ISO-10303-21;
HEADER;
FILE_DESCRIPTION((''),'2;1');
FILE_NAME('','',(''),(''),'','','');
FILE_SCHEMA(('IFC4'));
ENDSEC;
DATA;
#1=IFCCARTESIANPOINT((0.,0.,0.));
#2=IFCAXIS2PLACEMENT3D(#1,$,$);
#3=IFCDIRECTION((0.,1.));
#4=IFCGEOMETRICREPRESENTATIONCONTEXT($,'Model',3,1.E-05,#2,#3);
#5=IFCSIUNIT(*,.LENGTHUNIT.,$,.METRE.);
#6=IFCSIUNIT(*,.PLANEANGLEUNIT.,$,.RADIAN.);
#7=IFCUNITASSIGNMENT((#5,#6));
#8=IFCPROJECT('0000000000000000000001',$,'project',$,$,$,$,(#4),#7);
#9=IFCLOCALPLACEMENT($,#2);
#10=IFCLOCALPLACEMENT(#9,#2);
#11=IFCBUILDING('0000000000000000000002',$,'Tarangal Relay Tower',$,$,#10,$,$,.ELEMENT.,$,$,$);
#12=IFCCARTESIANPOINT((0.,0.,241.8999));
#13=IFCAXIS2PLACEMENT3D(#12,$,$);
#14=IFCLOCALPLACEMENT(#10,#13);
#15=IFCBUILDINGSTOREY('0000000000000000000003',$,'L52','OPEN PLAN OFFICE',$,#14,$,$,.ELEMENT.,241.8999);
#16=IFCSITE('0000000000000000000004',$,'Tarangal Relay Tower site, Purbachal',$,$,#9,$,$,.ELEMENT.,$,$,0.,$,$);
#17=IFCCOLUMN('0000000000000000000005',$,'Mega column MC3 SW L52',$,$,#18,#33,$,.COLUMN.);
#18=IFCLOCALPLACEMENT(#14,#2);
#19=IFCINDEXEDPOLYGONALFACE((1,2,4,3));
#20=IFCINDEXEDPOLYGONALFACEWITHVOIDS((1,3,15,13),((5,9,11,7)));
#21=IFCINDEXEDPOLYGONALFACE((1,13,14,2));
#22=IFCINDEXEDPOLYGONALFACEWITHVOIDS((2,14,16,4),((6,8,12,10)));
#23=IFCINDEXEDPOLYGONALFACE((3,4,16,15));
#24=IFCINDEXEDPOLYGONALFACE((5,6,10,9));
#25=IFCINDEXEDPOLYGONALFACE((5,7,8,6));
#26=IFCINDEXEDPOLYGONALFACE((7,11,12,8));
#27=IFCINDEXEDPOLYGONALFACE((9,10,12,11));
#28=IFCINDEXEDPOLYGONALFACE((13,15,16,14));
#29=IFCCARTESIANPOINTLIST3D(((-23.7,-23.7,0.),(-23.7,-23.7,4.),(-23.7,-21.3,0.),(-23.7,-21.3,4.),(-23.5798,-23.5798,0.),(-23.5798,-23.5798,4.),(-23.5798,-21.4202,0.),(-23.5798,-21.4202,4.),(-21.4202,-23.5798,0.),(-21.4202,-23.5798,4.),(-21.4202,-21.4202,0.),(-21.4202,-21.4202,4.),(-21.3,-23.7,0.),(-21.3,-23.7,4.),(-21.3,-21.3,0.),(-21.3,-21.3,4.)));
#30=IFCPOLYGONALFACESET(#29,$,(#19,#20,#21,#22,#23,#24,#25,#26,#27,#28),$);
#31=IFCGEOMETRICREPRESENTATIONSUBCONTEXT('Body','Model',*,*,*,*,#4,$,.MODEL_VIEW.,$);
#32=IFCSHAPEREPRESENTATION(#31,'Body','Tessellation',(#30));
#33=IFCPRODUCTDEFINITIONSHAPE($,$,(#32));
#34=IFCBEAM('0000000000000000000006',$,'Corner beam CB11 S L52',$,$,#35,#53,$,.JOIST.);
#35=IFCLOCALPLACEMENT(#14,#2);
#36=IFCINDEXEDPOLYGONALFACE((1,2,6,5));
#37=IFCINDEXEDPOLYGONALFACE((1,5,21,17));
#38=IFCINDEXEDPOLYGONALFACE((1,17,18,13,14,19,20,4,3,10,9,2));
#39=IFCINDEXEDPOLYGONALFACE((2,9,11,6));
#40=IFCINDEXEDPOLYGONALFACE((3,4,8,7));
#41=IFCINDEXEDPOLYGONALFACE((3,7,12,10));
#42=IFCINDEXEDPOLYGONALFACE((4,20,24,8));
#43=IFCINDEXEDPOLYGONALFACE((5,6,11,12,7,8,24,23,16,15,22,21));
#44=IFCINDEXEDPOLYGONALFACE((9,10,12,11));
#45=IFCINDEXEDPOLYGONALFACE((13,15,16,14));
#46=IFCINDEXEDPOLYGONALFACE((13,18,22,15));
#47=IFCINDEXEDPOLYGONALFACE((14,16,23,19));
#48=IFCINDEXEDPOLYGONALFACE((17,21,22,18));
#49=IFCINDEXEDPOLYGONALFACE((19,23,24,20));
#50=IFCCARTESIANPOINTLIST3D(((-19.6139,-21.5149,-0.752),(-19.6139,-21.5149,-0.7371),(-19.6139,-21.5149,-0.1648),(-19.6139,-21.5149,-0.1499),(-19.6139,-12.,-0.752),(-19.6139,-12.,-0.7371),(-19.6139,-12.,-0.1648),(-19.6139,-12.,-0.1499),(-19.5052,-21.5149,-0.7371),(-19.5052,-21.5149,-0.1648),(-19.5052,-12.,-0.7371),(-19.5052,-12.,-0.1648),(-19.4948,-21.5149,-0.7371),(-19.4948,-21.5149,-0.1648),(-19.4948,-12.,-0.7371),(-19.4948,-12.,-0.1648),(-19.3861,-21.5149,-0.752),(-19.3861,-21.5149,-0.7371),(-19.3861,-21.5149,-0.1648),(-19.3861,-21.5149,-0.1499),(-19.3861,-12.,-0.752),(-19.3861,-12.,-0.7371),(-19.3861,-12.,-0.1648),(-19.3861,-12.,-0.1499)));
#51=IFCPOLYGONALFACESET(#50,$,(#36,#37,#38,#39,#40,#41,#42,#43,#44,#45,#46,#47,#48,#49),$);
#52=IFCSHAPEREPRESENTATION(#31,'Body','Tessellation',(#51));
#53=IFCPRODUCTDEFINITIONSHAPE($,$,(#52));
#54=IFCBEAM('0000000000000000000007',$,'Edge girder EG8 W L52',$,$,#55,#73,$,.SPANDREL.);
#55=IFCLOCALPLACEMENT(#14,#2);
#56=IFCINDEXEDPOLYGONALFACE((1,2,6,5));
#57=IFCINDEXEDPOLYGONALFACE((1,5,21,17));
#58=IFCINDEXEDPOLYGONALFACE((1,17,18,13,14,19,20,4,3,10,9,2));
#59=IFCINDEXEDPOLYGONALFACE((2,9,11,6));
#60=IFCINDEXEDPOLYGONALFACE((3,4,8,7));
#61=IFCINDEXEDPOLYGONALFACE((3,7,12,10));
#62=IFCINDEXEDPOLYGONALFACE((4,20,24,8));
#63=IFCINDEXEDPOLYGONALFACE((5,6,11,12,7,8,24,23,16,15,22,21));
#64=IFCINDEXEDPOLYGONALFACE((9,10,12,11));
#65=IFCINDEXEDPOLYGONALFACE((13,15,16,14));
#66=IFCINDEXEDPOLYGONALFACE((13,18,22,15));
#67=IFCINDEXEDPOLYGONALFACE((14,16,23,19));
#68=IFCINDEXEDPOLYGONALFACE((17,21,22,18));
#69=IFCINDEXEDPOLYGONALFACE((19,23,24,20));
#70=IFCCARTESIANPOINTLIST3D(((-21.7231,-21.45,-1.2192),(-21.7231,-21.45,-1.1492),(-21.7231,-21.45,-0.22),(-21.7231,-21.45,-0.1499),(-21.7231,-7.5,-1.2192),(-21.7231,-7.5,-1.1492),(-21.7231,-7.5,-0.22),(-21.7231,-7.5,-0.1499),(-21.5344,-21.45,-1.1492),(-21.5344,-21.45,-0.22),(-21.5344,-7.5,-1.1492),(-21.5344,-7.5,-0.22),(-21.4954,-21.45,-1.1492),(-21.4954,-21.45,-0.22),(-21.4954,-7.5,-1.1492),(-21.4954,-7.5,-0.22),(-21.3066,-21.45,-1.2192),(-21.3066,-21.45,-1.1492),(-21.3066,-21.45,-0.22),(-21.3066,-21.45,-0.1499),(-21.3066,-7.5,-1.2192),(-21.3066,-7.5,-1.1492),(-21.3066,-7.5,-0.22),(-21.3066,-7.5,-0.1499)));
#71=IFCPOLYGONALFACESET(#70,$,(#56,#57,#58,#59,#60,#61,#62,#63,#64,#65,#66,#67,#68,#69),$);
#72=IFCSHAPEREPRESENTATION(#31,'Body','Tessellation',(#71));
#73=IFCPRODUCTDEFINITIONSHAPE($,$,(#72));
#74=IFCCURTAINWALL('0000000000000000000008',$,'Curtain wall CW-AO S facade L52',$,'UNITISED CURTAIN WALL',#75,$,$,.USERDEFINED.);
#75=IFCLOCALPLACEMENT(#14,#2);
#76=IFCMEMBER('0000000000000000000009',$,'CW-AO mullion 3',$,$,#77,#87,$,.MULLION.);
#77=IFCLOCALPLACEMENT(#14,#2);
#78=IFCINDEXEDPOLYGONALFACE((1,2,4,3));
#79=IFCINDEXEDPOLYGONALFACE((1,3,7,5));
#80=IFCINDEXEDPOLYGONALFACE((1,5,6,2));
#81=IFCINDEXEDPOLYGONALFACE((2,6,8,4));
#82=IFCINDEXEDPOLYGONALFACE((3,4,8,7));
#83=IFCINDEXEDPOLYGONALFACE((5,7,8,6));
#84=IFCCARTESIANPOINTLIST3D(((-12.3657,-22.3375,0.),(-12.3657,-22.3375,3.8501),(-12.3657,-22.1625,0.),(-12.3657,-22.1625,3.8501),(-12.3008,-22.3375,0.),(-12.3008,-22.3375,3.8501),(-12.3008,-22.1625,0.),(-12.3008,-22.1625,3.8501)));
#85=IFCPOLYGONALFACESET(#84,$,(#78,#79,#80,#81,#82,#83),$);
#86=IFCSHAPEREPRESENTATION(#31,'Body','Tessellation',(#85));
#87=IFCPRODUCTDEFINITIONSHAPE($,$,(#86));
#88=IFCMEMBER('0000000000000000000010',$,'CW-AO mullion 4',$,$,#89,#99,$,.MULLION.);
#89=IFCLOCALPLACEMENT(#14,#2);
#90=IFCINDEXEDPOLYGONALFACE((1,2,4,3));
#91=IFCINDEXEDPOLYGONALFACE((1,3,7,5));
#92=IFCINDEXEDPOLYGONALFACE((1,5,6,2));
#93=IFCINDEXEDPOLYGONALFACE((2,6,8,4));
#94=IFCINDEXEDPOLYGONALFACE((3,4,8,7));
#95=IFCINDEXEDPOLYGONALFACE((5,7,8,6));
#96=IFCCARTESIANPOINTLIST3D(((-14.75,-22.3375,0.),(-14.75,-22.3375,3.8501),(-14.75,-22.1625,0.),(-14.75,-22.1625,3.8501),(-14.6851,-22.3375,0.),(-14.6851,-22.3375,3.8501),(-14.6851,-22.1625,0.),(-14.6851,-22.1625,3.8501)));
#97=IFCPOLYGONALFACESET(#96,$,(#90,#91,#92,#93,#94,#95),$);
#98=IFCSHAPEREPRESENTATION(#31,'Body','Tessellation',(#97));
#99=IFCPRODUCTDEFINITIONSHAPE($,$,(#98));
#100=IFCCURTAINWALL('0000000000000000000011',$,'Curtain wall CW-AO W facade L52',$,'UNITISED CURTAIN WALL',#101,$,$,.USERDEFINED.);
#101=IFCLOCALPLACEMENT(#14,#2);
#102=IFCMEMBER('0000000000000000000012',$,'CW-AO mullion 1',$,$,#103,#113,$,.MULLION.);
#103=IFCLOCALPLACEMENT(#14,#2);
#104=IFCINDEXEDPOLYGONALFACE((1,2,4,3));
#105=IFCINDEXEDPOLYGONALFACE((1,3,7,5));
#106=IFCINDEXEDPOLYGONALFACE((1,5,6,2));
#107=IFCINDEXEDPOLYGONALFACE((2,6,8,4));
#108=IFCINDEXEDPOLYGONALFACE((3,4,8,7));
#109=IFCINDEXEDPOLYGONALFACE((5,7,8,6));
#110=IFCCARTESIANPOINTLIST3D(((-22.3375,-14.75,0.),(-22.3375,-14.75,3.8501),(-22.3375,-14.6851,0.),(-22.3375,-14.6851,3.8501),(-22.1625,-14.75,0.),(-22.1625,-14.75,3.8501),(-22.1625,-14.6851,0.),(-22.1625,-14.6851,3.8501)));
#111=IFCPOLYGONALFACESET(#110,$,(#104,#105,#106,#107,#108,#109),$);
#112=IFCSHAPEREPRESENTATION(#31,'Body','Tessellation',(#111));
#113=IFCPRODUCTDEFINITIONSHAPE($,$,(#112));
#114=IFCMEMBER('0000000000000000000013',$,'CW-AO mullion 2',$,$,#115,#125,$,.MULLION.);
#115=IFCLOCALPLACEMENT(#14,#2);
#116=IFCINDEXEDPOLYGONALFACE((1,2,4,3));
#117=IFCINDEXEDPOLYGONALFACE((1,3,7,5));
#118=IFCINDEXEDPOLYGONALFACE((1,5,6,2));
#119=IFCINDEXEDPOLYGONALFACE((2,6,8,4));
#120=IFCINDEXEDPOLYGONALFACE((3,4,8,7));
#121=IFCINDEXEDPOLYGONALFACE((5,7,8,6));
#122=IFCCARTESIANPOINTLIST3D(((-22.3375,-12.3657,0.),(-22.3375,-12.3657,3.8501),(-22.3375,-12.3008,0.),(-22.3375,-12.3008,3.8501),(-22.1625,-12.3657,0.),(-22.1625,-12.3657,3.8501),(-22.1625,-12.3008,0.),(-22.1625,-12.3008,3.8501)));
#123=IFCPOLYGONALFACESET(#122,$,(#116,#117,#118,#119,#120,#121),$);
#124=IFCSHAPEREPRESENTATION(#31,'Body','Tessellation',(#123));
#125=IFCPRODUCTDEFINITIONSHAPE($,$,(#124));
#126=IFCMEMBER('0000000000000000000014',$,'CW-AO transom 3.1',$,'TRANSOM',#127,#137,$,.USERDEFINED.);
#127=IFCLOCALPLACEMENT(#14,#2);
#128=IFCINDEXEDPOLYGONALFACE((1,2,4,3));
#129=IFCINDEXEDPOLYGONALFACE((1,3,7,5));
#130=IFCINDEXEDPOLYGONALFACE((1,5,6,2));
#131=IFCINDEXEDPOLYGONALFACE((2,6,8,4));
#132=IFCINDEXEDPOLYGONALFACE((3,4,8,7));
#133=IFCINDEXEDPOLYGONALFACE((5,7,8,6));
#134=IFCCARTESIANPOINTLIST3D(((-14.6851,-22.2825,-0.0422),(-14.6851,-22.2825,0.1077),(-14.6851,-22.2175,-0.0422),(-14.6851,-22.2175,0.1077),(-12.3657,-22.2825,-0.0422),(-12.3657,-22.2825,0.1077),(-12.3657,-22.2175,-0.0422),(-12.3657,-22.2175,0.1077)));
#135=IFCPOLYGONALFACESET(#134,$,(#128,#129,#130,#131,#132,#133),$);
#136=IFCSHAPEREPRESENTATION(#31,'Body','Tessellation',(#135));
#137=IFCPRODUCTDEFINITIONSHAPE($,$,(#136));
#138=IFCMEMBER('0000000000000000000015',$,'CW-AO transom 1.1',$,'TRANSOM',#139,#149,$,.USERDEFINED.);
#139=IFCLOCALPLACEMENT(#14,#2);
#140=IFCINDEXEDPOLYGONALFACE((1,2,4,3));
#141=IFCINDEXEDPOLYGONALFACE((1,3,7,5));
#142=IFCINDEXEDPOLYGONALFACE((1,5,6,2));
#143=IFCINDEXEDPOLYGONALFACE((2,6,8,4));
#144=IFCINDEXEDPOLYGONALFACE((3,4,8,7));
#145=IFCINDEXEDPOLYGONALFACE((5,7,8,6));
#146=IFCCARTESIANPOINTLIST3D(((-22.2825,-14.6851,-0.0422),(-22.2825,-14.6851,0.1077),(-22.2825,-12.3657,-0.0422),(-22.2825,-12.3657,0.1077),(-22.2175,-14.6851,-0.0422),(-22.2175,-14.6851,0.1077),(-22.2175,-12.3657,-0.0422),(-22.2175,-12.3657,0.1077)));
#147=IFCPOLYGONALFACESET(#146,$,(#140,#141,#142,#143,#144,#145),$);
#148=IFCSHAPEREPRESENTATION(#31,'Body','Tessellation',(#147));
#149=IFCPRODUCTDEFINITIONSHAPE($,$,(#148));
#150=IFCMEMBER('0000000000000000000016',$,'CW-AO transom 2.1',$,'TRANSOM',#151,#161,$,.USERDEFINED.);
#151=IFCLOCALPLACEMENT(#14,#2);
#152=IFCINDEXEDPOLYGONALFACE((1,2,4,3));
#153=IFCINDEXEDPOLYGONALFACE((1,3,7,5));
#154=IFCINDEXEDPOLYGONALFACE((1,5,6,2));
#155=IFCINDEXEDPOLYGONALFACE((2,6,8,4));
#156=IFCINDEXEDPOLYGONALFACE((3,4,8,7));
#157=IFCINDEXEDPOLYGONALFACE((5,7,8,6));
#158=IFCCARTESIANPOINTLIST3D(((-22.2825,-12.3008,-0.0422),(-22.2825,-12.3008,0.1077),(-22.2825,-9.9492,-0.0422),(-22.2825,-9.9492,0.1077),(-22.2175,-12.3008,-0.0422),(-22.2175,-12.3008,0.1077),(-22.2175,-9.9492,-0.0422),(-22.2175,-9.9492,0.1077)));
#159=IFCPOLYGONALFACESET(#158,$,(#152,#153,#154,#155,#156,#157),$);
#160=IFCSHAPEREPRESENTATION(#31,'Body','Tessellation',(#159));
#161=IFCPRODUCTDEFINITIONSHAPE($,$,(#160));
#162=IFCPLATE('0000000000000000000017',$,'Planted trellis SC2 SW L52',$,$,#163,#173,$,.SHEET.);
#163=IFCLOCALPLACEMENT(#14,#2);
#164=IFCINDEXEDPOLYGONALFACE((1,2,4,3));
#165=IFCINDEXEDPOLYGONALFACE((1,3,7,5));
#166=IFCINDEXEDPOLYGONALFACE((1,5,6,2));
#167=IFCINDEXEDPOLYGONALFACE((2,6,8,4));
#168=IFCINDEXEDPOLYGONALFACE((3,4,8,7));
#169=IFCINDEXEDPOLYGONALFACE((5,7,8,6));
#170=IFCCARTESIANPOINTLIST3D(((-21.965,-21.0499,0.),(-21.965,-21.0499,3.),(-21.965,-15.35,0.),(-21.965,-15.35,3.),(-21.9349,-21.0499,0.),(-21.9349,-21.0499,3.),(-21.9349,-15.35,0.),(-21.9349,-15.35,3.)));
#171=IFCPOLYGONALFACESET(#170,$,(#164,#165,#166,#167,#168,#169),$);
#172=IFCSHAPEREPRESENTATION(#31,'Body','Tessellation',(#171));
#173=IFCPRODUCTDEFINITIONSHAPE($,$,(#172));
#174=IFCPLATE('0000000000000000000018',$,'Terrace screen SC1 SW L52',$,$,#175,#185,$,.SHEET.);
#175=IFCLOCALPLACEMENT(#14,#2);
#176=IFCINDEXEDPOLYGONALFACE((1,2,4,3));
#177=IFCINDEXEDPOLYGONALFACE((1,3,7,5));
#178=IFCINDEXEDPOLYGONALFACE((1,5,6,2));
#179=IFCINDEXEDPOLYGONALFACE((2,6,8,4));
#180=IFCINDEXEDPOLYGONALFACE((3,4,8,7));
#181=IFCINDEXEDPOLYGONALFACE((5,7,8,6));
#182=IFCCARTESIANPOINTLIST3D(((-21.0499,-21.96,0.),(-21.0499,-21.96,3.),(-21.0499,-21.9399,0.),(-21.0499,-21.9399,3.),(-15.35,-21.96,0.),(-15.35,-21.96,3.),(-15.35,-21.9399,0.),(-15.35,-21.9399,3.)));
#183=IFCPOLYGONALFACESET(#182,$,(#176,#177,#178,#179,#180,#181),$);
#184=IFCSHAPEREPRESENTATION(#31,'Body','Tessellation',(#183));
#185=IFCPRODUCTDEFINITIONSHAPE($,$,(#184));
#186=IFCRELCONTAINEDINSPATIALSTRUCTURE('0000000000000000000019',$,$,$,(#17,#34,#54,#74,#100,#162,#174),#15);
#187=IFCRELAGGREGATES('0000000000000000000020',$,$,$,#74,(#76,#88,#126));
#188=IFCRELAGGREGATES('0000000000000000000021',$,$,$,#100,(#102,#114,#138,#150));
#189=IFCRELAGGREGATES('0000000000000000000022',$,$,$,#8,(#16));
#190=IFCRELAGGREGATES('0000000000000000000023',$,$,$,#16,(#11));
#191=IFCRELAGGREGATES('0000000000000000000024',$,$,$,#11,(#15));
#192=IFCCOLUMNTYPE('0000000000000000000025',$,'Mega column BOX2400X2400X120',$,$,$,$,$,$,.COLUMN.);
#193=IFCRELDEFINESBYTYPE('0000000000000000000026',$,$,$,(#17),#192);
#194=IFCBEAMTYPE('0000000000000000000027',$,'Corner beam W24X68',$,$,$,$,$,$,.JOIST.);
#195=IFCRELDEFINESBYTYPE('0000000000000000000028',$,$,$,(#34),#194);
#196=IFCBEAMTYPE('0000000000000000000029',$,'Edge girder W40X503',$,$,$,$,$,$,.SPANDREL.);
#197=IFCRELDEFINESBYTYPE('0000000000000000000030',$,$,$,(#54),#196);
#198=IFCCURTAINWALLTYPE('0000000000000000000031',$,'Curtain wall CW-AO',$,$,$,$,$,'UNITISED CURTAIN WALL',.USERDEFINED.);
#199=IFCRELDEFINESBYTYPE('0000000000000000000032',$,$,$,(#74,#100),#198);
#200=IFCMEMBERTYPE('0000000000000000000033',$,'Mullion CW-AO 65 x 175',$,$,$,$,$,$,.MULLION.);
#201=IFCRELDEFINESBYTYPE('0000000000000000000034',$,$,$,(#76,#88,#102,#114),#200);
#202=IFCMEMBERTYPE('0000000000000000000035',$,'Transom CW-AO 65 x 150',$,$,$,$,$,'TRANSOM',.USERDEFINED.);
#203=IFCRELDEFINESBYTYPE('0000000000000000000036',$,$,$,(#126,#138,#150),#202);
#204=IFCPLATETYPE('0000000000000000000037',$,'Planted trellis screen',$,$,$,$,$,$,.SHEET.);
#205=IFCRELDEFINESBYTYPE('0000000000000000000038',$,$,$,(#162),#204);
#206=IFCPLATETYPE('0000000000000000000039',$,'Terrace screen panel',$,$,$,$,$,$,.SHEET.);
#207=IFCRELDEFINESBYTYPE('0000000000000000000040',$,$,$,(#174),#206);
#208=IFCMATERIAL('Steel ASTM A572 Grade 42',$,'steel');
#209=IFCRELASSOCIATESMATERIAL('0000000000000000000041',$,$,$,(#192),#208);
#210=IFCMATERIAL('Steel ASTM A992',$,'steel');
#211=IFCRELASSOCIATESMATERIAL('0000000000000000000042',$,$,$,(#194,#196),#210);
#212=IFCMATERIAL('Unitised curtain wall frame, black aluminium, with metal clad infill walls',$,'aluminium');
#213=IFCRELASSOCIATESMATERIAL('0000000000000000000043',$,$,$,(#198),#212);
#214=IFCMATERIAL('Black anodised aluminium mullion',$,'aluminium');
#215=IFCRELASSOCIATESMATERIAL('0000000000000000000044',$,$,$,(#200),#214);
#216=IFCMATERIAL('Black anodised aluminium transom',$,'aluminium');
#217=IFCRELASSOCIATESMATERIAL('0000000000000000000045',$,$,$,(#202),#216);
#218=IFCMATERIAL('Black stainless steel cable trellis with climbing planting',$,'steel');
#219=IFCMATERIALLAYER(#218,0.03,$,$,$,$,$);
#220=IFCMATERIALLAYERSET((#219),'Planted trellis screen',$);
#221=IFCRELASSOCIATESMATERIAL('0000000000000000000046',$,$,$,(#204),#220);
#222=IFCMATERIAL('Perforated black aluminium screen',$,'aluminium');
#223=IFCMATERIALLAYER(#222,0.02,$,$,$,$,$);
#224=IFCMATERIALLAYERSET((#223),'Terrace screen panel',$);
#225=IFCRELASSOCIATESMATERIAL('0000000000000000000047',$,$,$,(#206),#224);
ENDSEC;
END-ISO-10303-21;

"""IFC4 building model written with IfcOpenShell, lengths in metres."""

from ifc_helpers import new_model, si_unit, direction, frame, origin, origin_2d, place, context, subcontext, project, spatial, rectangle, hollow_rectangle, i_section, extrude, material, layer, layer_set, material_profile, profile_set, type_object, element, aggregate, save


model = new_model("IFC4")

# Units and contexts
model_context = context("Model", 3, precision=1e-05, world=origin(), true_north=direction((0.0, 1.0)))
body_context = subcontext(model_context, "Body", "Model", "MODEL_VIEW")
ifc_project = project(units=[si_unit("LENGTHUNIT", "METRE"), si_unit("PLANEANGLEUNIT", "RADIAN")], contexts=[model_context])

# Site, building, storey
site_placement = place(None, origin())
site = spatial("IfcSite", under=ifc_project, at=site_placement, Name="Tarangal Relay Tower site, Purbachal", CompositionType="ELEMENT", RefElevation=0.0)
building_placement = place(site_placement, origin())
building = spatial("IfcBuilding", under=site, at=building_placement, Name="Tarangal Relay Tower", CompositionType="ELEMENT")
storey_placement = place(building_placement, frame((0.0, 0.0, 241.8999)))
storey = spatial("IfcBuildingStorey", under=building, at=storey_placement, Name="L52", Description="OPEN PLAN OFFICE", CompositionType="ELEMENT", Elevation=241.8999)

# Column
ifc_material_1 = material(Name="Steel ASTM A572 Grade 42", Category="steel")
ifc_material_profile_1 = material_profile(ifc_material_1, hollow_rectangle(XDim=2.3999, YDim=2.3999, WallThickness=0.1201, at=origin_2d()), Name="BOX2400X2400X120")
ifc_profile_set_1 = profile_set([ifc_material_profile_1], Name="Steel ASTM A572 Grade 42")
column_type = type_object("IfcColumnType", Name="Mega column BOX2400X2400X120", PredefinedType="COLUMN", material=ifc_profile_set_1)
column_placement = place(storey_placement, frame((-22.5, -22.5, 0.0), z_axis=(0.0, 0.0, 1.0), x_axis=(1.0, 0.0, 0.0)))
element("IfcColumn", 1, at=column_placement, inside=storey, type_object=column_type, Name="Mega column MC3 SW L52", PredefinedType="COLUMN", context=body_context, shape_type="SweptSolid", body=[
    extrude(hollow_rectangle(XDim=2.3999, YDim=2.3999, WallThickness=0.1201, at=origin_2d()), origin(), (0.0, 0.0, 1.0), 4.0),
])

# Beams
ifc_material_2 = material(Name="Steel ASTM A992", Category="steel")
ifc_material_profile_2 = material_profile(ifc_material_2, i_section(OverallWidth=0.2278, OverallDepth=0.6021, WebThickness=0.0105, FlangeThickness=0.0149, at=origin_2d()), Name="W24X68")
ifc_profile_set_2 = profile_set([ifc_material_profile_2], Name="Steel ASTM A992")
beam_type_1 = type_object("IfcBeamType", Name="Corner beam W24X68", PredefinedType="JOIST", material=ifc_profile_set_2)
beam_1_placement = place(storey_placement, frame((-19.5, -12.0, -0.4509), z_axis=(0.0, -1.0, 0.0), x_axis=(1.0, 0.0, 0.0)))
element("IfcBeam", 2, at=beam_1_placement, inside=storey, type_object=beam_type_1, Name="Corner beam CB11 S L52", PredefinedType="JOIST", context=body_context, shape_type="SweptSolid", body=[
    extrude(i_section(OverallWidth=0.2278, OverallDepth=0.6021, WebThickness=0.0105, FlangeThickness=0.0149, at=origin_2d()), origin(), (0.0, 0.0, 1.0), 9.5149),
])
ifc_material_profile_3 = material_profile(ifc_material_2, i_section(OverallWidth=0.4165, OverallDepth=1.0693, WebThickness=0.0391, FlangeThickness=0.0701, at=origin_2d()), Name="W40X503")
ifc_profile_set_3 = profile_set([ifc_material_profile_3], Name="Steel ASTM A992")
beam_type_2 = type_object("IfcBeamType", Name="Edge girder W40X503", PredefinedType="SPANDREL", material=ifc_profile_set_3)
beam_2_placement = place(storey_placement, frame((-21.5149, -21.45, -0.6846), z_axis=(0.0, 1.0, 0.0), x_axis=(-1.0, 0.0, 0.0)))
element("IfcBeam", 3, at=beam_2_placement, inside=storey, type_object=beam_type_2, Name="Edge girder EG8 W L52", PredefinedType="SPANDREL", context=body_context, shape_type="SweptSolid", body=[
    extrude(i_section(OverallWidth=0.4165, OverallDepth=1.0693, WebThickness=0.0391, FlangeThickness=0.0701, at=origin_2d()), origin(), (0.0, 0.0, 1.0), 13.95),
])

# Curtain walls, members
ifc_material_3 = material(Name="Unitised curtain wall frame, black aluminium, with metal clad infill walls", Category="aluminium")
curtain_wall_type = type_object("IfcCurtainWallType", Name="Curtain wall CW-AO", ElementType="UNITISED CURTAIN WALL", PredefinedType="USERDEFINED", material=ifc_material_3)
curtain_wall_1_placement = place(storey_placement, origin())
curtain_wall_1 = element("IfcCurtainWall", 4, at=curtain_wall_1_placement, inside=storey, type_object=curtain_wall_type, Name="Curtain wall CW-AO S facade L52", ObjectType="UNITISED CURTAIN WALL", PredefinedType="USERDEFINED")
ifc_material_4 = material(Name="Black anodised aluminium mullion", Category="aluminium")
ifc_material_profile_4 = material_profile(ifc_material_4, rectangle(XDim=0.175, YDim=0.0649, at=origin_2d()), Name="CW-AOM 65X175")
ifc_profile_set_4 = profile_set([ifc_material_profile_4], Name="Black anodised aluminium mullion")
member_type_1 = type_object("IfcMemberType", Name="Mullion CW-AO 65 x 175", PredefinedType="MULLION", material=ifc_profile_set_4)
member_1_placement = place(storey_placement, frame((-12.3333, -22.25, 0.0), z_axis=(0.0, 0.0, 1.0), x_axis=(0.0, -1.0, 0.0)))
member_1 = element("IfcMember", 5, at=member_1_placement, type_object=member_type_1, Name="CW-AO mullion 3", PredefinedType="MULLION", context=body_context, shape_type="SweptSolid", body=[
    extrude(rectangle(XDim=0.175, YDim=0.0649, at=origin_2d()), origin(), (0.0, 0.0, 1.0), 3.8501),
])
member_2_placement = place(storey_placement, frame((-14.7175, -22.25, 0.0), z_axis=(0.0, 0.0, 1.0), x_axis=(0.0, -1.0, 0.0)))
member_2 = element("IfcMember", 6, at=member_2_placement, type_object=member_type_1, Name="CW-AO mullion 4", PredefinedType="MULLION", context=body_context, shape_type="SweptSolid", body=[
    extrude(rectangle(XDim=0.175, YDim=0.0649, at=origin_2d()), origin(), (0.0, 0.0, 1.0), 3.8501),
])
curtain_wall_2_placement = place(storey_placement, origin())
curtain_wall_2 = element("IfcCurtainWall", 7, at=curtain_wall_2_placement, inside=storey, type_object=curtain_wall_type, Name="Curtain wall CW-AO W facade L52", ObjectType="UNITISED CURTAIN WALL", PredefinedType="USERDEFINED")
member_3_placement = place(storey_placement, frame((-22.25, -14.7175, 0.0), z_axis=(0.0, 0.0, 1.0), x_axis=(-1.0, 0.0, 0.0)))
member_3 = element("IfcMember", 8, at=member_3_placement, type_object=member_type_1, Name="CW-AO mullion 1", PredefinedType="MULLION", context=body_context, shape_type="SweptSolid", body=[
    extrude(rectangle(XDim=0.175, YDim=0.0649, at=origin_2d()), origin(), (0.0, 0.0, 1.0), 3.8501),
])
member_4_placement = place(storey_placement, frame((-22.25, -12.3333, 0.0), z_axis=(0.0, 0.0, 1.0), x_axis=(-1.0, 0.0, 0.0)))
member_4 = element("IfcMember", 9, at=member_4_placement, type_object=member_type_1, Name="CW-AO mullion 2", PredefinedType="MULLION", context=body_context, shape_type="SweptSolid", body=[
    extrude(rectangle(XDim=0.175, YDim=0.0649, at=origin_2d()), origin(), (0.0, 0.0, 1.0), 3.8501),
])

# Members
ifc_material_5 = material(Name="Black anodised aluminium transom", Category="aluminium")
ifc_material_profile_5 = material_profile(ifc_material_5, rectangle(XDim=0.0649, YDim=0.1499, at=origin_2d()), Name="CW-AOT 65X150")
ifc_profile_set_5 = profile_set([ifc_material_profile_5], Name="Black anodised aluminium transom")
member_type_2 = type_object("IfcMemberType", Name="Transom CW-AO 65 x 150", ElementType="TRANSOM", PredefinedType="USERDEFINED", material=ifc_profile_set_5)
member_5_placement = place(storey_placement, frame((-12.3657, -22.25, 0.0327), z_axis=(-1.0, 0.0, 0.0), x_axis=(0.0, -1.0, 0.0)))
member_5 = element("IfcMember", 10, at=member_5_placement, type_object=member_type_2, Name="CW-AO transom 3.1", ObjectType="TRANSOM", PredefinedType="USERDEFINED", context=body_context, shape_type="SweptSolid", body=[
    extrude(rectangle(XDim=0.0649, YDim=0.1499, at=origin_2d()), origin(), (0.0, 0.0, 1.0), 2.3193),
])
aggregate(curtain_wall_1, [member_1, member_2, member_5])
member_6_placement = place(storey_placement, frame((-22.25, -14.6851, 0.0327), z_axis=(0.0, 1.0, 0.0), x_axis=(-1.0, 0.0, 0.0)))
member_6 = element("IfcMember", 11, at=member_6_placement, type_object=member_type_2, Name="CW-AO transom 1.1", ObjectType="TRANSOM", PredefinedType="USERDEFINED", context=body_context, shape_type="SweptSolid", body=[
    extrude(rectangle(XDim=0.0649, YDim=0.1499, at=origin_2d()), origin(), (0.0, 0.0, 1.0), 2.3193),
])
member_7_placement = place(storey_placement, frame((-22.25, -12.3008, 0.0327), z_axis=(0.0, 1.0, 0.0), x_axis=(-1.0, 0.0, 0.0)))
member_7 = element("IfcMember", 12, at=member_7_placement, type_object=member_type_2, Name="CW-AO transom 2.1", ObjectType="TRANSOM", PredefinedType="USERDEFINED", context=body_context, shape_type="SweptSolid", body=[
    extrude(rectangle(XDim=0.0649, YDim=0.1499, at=origin_2d()), origin(), (0.0, 0.0, 1.0), 2.3516),
])
aggregate(curtain_wall_2, [member_3, member_4, member_6, member_7])

# Plates
ifc_material_6 = material(Name="Black stainless steel cable trellis with climbing planting", Category="steel")
ifc_layer_1 = layer(ifc_material_6, 0.03)
ifc_layer_set_1 = layer_set([ifc_layer_1], Name="Planted trellis screen")
plate_type_1 = type_object("IfcPlateType", Name="Planted trellis screen", PredefinedType="SHEET", material=ifc_layer_set_1)
plate_1_placement = place(storey_placement, frame((-21.95, -18.2, 0.0), z_axis=(0.0, 0.0, 1.0), x_axis=(0.0, 1.0, 0.0)))
element("IfcPlate", 13, at=plate_1_placement, inside=storey, type_object=plate_type_1, Name="Planted trellis SC2 SW L52", PredefinedType="SHEET", context=body_context, shape_type="SweptSolid", body=[
    extrude(rectangle(XDim=5.7, YDim=0.03, at=origin_2d()), origin(), (0.0, 0.0, 1.0), 3.0),
])
ifc_material_7 = material(Name="Perforated black aluminium screen", Category="aluminium")
ifc_layer_2 = layer(ifc_material_7, 0.02)
ifc_layer_set_2 = layer_set([ifc_layer_2], Name="Terrace screen panel")
plate_type_2 = type_object("IfcPlateType", Name="Terrace screen panel", PredefinedType="SHEET", material=ifc_layer_set_2)
plate_2_placement = place(storey_placement, frame((-18.2, -21.95, 0.0), z_axis=(0.0, 0.0, 1.0), x_axis=(-1.0, 0.0, 0.0)))
element("IfcPlate", 14, at=plate_2_placement, inside=storey, type_object=plate_type_2, Name="Terrace screen SC1 SW L52", PredefinedType="SHEET", context=body_context, shape_type="SweptSolid", body=[
    extrude(rectangle(XDim=5.7, YDim=0.02, at=origin_2d()), origin(), (0.0, 0.0, 1.0), 3.0),
])

save(model, "model.ifc")
